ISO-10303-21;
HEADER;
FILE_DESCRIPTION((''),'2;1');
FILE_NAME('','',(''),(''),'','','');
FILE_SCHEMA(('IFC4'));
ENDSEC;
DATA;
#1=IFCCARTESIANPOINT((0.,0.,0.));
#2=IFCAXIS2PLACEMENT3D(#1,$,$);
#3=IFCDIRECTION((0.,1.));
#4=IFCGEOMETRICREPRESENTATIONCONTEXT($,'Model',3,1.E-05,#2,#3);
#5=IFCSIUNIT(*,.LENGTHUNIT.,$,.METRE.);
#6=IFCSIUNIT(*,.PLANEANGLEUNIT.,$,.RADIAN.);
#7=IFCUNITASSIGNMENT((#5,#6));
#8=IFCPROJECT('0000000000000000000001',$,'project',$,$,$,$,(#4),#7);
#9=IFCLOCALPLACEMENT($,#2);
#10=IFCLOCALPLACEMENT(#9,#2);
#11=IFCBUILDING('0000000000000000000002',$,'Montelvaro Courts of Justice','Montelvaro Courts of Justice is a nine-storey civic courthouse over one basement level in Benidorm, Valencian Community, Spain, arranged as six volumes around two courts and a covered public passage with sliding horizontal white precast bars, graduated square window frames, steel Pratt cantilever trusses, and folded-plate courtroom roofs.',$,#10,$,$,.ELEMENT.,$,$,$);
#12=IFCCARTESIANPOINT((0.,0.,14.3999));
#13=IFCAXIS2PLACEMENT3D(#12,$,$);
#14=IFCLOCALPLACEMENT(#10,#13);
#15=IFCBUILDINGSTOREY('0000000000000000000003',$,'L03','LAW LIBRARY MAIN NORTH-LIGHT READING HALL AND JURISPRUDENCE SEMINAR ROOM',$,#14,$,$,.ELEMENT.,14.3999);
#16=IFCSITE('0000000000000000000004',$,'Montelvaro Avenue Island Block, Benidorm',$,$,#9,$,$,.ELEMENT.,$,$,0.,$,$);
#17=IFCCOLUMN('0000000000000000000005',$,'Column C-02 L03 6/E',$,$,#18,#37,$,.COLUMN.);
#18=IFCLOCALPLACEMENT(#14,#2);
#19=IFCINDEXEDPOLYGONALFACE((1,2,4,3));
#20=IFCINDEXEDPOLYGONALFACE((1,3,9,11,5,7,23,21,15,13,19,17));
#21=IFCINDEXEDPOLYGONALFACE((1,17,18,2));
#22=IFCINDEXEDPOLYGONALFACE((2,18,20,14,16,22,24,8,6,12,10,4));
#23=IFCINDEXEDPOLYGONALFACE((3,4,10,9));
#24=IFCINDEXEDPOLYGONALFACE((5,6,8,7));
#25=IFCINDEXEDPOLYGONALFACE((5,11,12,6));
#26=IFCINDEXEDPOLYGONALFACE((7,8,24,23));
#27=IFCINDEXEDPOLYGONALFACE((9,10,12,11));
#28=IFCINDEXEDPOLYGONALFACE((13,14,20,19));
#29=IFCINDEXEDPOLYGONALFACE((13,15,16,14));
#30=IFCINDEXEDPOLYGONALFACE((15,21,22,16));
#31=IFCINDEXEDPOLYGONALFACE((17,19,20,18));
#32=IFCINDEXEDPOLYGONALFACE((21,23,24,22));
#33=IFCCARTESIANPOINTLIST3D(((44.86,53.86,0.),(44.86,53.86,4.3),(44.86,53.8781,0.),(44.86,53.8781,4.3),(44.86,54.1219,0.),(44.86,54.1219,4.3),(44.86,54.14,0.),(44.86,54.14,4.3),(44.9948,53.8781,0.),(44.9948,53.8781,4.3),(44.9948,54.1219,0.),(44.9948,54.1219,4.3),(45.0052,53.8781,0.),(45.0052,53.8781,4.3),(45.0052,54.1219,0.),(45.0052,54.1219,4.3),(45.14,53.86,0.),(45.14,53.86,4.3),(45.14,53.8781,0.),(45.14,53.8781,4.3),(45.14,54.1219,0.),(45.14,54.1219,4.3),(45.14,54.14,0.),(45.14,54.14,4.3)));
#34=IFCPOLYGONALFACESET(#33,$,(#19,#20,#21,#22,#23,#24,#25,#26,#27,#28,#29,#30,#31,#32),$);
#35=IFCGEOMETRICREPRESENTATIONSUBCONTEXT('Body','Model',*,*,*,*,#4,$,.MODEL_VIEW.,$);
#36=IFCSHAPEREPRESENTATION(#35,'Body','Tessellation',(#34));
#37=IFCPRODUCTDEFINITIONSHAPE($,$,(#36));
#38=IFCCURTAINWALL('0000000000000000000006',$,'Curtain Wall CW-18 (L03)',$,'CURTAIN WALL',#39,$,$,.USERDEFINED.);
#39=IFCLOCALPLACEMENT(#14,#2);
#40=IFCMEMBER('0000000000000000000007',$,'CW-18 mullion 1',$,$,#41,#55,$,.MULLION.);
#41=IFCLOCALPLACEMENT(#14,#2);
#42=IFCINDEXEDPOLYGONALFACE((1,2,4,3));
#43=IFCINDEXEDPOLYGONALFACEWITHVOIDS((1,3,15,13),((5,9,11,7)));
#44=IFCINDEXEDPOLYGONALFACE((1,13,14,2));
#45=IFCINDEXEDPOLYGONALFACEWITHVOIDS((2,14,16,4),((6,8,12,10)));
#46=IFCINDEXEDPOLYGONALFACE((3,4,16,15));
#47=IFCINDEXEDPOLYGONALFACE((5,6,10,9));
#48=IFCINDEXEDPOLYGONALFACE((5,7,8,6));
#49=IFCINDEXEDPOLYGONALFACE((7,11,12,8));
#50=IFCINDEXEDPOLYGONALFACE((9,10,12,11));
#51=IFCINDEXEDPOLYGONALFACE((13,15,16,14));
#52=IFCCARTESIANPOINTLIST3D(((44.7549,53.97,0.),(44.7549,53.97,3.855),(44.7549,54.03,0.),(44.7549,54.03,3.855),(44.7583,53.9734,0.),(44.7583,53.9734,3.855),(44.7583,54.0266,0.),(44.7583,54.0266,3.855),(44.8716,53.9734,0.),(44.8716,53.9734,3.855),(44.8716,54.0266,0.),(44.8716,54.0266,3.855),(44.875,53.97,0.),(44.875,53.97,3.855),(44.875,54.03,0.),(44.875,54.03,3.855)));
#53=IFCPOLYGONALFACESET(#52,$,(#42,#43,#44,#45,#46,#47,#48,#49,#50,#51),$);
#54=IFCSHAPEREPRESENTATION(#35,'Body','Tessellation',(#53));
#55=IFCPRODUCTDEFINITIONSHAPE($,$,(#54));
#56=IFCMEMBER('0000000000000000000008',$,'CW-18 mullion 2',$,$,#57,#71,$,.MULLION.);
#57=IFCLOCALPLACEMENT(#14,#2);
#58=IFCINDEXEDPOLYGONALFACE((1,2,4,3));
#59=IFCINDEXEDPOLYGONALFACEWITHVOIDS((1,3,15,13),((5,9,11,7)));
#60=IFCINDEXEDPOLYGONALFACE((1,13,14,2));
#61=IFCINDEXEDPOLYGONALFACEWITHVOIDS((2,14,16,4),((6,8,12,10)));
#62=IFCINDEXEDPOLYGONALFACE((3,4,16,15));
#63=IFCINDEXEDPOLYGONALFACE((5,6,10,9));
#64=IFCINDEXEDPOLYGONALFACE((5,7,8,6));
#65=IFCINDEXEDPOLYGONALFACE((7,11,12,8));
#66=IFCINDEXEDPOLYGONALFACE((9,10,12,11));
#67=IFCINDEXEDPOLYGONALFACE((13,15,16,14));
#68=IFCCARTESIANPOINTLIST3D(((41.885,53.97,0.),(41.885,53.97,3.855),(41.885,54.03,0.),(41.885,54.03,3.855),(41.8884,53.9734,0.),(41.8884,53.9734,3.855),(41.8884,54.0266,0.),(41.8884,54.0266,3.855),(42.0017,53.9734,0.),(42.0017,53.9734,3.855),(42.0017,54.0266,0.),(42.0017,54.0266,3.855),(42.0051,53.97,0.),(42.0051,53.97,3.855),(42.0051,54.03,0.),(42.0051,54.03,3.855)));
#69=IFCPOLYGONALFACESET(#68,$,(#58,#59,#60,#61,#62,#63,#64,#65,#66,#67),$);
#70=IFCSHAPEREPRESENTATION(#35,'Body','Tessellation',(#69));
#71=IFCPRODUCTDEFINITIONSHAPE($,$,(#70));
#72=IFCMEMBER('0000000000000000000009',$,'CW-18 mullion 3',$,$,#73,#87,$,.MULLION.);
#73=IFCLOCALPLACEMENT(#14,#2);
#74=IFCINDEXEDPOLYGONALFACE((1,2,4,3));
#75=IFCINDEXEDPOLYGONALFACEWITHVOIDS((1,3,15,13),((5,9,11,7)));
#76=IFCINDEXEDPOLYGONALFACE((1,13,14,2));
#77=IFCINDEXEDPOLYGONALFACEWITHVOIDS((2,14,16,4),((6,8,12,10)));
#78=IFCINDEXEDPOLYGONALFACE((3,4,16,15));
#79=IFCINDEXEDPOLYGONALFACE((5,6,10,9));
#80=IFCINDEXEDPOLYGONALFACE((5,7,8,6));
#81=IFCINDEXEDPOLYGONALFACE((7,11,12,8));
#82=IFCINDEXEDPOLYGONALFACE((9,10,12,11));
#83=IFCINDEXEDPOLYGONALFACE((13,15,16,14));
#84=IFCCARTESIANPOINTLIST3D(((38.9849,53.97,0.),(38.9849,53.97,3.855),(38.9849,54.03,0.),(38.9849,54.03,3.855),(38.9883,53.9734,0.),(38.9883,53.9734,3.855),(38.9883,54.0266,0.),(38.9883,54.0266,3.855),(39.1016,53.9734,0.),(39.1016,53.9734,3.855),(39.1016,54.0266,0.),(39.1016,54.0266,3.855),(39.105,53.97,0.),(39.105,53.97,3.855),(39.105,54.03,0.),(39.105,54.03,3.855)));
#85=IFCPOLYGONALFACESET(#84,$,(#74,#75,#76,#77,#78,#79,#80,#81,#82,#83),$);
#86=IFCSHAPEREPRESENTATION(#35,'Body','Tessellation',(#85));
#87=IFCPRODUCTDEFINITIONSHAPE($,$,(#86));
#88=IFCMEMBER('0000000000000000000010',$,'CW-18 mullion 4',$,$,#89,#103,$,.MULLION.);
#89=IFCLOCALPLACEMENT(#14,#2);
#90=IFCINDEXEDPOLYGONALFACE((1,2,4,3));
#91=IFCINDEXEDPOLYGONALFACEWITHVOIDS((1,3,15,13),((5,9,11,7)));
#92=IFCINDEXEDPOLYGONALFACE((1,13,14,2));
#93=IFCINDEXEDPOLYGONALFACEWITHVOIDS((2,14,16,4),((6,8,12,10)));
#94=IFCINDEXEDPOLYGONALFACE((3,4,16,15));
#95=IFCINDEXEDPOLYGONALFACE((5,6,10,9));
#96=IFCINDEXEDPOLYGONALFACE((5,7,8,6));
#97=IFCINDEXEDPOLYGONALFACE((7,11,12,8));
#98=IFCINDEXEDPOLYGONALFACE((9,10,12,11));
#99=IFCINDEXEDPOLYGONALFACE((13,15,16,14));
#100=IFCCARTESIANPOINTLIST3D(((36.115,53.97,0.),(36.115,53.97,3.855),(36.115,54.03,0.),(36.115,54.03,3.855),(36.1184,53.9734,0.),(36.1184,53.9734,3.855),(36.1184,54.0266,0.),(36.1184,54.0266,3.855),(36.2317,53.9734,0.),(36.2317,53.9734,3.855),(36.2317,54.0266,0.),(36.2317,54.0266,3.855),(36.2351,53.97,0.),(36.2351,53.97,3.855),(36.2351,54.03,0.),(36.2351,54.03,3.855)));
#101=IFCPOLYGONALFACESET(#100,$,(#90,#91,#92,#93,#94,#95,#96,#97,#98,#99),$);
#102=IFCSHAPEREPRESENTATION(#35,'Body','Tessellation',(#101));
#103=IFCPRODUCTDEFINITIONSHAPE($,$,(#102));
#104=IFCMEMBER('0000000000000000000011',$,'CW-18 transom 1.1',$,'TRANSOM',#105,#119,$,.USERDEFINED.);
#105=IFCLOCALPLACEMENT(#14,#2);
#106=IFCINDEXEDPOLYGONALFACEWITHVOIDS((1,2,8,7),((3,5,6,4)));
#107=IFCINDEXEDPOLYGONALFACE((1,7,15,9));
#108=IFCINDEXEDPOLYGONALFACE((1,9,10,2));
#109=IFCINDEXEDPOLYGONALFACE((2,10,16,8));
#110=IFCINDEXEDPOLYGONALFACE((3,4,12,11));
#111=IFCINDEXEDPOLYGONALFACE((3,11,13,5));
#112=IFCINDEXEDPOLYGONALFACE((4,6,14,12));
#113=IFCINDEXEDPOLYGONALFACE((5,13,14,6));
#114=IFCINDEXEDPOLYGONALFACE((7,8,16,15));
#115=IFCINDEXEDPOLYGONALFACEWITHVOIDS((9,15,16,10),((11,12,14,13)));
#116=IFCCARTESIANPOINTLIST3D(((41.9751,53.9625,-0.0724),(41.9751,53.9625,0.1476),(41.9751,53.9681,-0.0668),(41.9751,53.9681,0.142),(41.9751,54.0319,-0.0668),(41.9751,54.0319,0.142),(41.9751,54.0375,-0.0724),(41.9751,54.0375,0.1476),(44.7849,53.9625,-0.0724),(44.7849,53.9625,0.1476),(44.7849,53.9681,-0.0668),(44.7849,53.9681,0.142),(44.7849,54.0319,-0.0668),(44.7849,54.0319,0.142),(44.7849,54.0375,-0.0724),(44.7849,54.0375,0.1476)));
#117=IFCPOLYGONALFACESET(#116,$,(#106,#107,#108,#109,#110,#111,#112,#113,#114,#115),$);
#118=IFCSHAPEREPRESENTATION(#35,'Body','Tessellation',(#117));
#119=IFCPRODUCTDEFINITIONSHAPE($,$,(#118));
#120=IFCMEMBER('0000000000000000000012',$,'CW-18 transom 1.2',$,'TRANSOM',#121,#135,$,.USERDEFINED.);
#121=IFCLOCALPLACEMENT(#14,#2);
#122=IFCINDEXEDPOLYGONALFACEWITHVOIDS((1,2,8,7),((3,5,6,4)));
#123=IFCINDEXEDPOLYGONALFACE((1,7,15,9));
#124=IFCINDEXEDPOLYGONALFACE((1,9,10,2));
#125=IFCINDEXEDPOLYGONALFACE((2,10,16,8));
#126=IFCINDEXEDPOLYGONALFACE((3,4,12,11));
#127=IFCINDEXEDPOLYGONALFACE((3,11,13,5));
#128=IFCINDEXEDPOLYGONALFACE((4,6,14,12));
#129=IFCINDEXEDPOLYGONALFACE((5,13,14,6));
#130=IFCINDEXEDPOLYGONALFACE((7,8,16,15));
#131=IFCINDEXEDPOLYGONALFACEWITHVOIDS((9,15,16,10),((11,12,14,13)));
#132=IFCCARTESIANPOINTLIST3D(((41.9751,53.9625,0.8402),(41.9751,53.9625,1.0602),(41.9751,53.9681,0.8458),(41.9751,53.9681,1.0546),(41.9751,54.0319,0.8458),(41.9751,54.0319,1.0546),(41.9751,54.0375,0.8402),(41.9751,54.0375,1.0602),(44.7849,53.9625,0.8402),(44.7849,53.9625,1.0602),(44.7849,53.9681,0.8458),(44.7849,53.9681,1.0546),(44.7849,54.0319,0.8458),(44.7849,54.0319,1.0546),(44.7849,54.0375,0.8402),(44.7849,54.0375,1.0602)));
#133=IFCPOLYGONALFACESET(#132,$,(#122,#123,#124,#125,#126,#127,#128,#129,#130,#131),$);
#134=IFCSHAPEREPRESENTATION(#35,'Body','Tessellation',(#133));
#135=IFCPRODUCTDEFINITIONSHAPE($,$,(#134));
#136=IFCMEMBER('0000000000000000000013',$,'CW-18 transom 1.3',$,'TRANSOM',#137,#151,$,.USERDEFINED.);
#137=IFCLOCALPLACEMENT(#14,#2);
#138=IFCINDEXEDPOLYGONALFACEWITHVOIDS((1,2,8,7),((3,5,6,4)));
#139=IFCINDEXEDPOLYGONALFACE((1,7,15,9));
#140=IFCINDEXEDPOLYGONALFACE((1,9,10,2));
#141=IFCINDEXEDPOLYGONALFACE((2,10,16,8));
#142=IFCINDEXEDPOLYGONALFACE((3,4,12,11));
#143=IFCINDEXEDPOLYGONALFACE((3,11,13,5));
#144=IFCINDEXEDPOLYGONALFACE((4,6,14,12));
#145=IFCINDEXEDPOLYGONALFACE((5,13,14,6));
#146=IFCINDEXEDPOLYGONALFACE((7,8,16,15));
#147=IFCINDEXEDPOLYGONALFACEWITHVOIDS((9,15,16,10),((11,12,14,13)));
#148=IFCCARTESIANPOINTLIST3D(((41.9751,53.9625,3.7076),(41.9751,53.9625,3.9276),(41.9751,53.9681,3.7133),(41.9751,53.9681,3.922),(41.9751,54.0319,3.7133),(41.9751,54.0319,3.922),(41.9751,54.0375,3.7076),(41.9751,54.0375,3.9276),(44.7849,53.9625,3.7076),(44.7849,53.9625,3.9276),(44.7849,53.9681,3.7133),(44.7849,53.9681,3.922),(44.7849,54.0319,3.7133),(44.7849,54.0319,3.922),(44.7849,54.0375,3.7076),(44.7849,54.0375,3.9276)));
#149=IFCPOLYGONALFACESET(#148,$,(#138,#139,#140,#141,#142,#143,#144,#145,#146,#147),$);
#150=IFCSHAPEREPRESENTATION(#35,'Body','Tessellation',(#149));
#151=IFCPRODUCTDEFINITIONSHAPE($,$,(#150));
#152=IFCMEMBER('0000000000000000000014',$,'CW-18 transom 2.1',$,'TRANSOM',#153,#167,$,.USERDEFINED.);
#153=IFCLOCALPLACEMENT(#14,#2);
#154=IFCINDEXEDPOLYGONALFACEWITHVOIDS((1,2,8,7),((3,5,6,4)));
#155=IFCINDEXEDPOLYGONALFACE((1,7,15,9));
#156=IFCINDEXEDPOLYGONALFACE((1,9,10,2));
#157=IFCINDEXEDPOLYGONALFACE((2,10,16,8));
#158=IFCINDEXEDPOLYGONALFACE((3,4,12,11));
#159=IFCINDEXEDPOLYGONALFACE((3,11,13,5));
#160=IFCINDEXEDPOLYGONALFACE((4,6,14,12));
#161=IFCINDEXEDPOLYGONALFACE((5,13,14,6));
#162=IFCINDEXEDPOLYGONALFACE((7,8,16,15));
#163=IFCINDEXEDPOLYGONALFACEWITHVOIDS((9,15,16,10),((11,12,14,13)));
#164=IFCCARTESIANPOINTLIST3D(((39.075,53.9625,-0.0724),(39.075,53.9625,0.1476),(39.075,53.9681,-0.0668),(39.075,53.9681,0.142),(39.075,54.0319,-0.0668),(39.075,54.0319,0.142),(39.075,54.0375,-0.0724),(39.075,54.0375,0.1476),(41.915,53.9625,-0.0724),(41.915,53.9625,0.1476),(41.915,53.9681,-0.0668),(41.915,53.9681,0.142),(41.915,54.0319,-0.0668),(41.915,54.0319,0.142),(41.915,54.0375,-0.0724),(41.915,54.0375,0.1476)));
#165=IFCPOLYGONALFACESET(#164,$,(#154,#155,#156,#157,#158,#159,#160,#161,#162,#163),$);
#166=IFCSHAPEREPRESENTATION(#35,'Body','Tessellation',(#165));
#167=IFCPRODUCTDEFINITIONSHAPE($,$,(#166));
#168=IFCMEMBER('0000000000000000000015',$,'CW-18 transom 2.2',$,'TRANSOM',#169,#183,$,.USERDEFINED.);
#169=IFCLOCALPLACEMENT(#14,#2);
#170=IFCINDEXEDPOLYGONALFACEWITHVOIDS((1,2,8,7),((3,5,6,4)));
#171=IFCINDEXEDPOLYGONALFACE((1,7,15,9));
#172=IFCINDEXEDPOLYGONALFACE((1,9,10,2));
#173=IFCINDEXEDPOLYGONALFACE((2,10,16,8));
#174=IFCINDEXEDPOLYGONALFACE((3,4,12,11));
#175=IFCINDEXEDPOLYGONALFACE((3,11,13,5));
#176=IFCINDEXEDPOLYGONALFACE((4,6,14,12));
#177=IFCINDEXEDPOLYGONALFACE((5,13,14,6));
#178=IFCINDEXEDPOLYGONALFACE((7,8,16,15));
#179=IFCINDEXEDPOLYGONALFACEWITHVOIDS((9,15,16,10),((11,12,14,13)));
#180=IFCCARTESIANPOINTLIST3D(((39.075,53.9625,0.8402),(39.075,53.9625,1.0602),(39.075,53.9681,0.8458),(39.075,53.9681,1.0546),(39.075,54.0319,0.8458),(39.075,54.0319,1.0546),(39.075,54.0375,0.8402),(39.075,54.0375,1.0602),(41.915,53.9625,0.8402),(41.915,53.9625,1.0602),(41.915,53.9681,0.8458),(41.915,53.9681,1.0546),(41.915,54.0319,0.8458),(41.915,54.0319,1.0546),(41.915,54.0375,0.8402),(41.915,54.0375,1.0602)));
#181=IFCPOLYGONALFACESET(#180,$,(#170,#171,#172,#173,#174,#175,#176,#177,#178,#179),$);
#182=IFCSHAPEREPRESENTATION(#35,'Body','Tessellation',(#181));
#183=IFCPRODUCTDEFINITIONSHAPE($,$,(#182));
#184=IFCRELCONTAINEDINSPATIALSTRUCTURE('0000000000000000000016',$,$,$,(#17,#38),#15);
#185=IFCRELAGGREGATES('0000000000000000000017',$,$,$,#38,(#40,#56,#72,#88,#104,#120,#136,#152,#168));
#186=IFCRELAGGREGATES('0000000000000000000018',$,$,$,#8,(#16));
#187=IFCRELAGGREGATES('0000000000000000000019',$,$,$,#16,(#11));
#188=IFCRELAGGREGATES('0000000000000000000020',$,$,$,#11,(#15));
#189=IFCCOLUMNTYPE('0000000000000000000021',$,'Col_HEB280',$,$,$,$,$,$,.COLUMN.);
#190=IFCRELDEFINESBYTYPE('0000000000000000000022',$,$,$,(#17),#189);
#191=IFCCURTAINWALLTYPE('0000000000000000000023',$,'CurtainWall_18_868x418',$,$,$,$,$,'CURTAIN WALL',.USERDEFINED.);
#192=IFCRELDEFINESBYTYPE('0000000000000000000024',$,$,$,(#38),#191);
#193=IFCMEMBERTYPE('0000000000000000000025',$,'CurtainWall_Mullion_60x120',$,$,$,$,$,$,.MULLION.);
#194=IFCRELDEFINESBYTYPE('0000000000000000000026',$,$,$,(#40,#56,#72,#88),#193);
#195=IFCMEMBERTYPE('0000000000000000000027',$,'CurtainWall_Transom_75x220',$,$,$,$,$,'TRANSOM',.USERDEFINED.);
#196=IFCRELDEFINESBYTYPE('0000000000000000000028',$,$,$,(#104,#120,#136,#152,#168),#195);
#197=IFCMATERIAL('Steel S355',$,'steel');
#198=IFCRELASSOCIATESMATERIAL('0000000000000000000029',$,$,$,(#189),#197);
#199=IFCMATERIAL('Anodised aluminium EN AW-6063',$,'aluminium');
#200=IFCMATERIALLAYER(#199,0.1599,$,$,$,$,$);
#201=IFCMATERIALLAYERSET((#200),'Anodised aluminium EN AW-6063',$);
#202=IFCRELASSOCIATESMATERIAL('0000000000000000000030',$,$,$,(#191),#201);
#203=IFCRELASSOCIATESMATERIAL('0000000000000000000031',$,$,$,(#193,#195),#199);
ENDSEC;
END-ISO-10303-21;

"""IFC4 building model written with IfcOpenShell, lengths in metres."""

from ifc_helpers import new_model, si_unit, direction, frame, origin, origin_2d, place, context, subcontext, project, spatial, hollow_rectangle, i_section, extrude, material, layer, layer_set, material_profile, profile_set, type_object, element, aggregate, save


model = new_model("IFC4")

# Units and contexts
model_context = context("Model", 3, precision=1e-05, world=origin(), true_north=direction((0.0, 1.0)))
body_context = subcontext(model_context, "Body", "Model", "MODEL_VIEW")
ifc_project = project(units=[si_unit("LENGTHUNIT", "METRE"), si_unit("PLANEANGLEUNIT", "RADIAN")], contexts=[model_context])

# Site, building, storey
site_placement = place(None, origin())
site = spatial("IfcSite", under=ifc_project, at=site_placement, Name="Montelvaro Avenue Island Block, Benidorm", CompositionType="ELEMENT", RefElevation=0.0)
building_placement = place(site_placement, origin())
building = spatial("IfcBuilding", under=site, at=building_placement, Name="Montelvaro Courts of Justice", Description="Montelvaro Courts of Justice is a nine-storey civic courthouse over one basement level in Benidorm, Valencian Community, Spain, arranged as six volumes around two courts and a covered public passage with sliding horizontal white precast bars, graduated square window frames, steel Pratt cantilever trusses, and folded-plate courtroom roofs.", CompositionType="ELEMENT")
storey_placement = place(building_placement, frame((0.0, 0.0, 14.3999)))
storey = spatial("IfcBuildingStorey", under=building, at=storey_placement, Name="L03", Description="LAW LIBRARY MAIN NORTH-LIGHT READING HALL AND JURISPRUDENCE SEMINAR ROOM", CompositionType="ELEMENT", Elevation=14.3999)

# Column
ifc_material_1 = material(Name="Steel S355", Category="steel")
ifc_material_profile_1 = material_profile(ifc_material_1, i_section(OverallWidth=0.28, OverallDepth=0.28, WebThickness=0.0105, FlangeThickness=0.0181, at=origin_2d()), Name="HEB 280")
ifc_profile_set_1 = profile_set([ifc_material_profile_1], Name="Steel S355")
column_type = type_object("IfcColumnType", Name="Col_HEB280", PredefinedType="COLUMN", material=ifc_profile_set_1)
column_placement = place(storey_placement, frame((45.0, 54.0, 0.0), z_axis=(0.0, 0.0, 1.0), x_axis=(1.0, 0.0, 0.0)))
element("IfcColumn", 1, at=column_placement, inside=storey, type_object=column_type, Name="Column C-02 L03 6/E", PredefinedType="COLUMN", context=body_context, shape_type="SweptSolid", body=[
    extrude(i_section(OverallWidth=0.28, OverallDepth=0.28, WebThickness=0.0105, FlangeThickness=0.0181, at=origin_2d()), origin(), (0.0, 0.0, 1.0), 4.3),
])

# Curtain wall, members
ifc_material_2 = material(Name="Anodised aluminium EN AW-6063", Category="aluminium")
ifc_layer_1 = layer(ifc_material_2, 0.1599)
ifc_layer_set_1 = layer_set([ifc_layer_1], Name="Anodised aluminium EN AW-6063")
curtain_wall_type = type_object("IfcCurtainWallType", Name="CurtainWall_18_868x418", ElementType="CURTAIN WALL", PredefinedType="USERDEFINED", material=ifc_layer_set_1)
curtain_wall_placement = place(storey_placement, origin())
curtain_wall = element("IfcCurtainWall", 2, at=curtain_wall_placement, inside=storey, type_object=curtain_wall_type, Name="Curtain Wall CW-18 (L03)", ObjectType="CURTAIN WALL", PredefinedType="USERDEFINED")
ifc_material_profile_2 = material_profile(ifc_material_2, hollow_rectangle(XDim=0.0601, YDim=0.1201, WallThickness=0.0034, at=origin_2d()), Name="ALU-M 60x120")
ifc_profile_set_2 = profile_set([ifc_material_profile_2], Name="Anodised aluminium EN AW-6063")
member_type_1 = type_object("IfcMemberType", Name="CurtainWall_Mullion_60x120", PredefinedType="MULLION", material=ifc_profile_set_2)
member_1_placement = place(storey_placement, frame((44.8149, 54.0, 0.0), z_axis=(0.0, 0.0, 1.0), x_axis=(0.0, -1.0, 0.0)))
member_1 = element("IfcMember", 3, at=member_1_placement, type_object=member_type_1, Name="CW-18 mullion 1", PredefinedType="MULLION", context=body_context, shape_type="SweptSolid", body=[
    extrude(hollow_rectangle(XDim=0.0601, YDim=0.1201, WallThickness=0.0034, at=origin_2d()), origin(), (0.0, 0.0, 1.0), 3.855),
])
member_2_placement = place(storey_placement, frame((41.9451, 54.0, 0.0), z_axis=(0.0, 0.0, 1.0), x_axis=(0.0, -1.0, 0.0)))
member_2 = element("IfcMember", 4, at=member_2_placement, type_object=member_type_1, Name="CW-18 mullion 2", PredefinedType="MULLION", context=body_context, shape_type="SweptSolid", body=[
    extrude(hollow_rectangle(XDim=0.0601, YDim=0.1201, WallThickness=0.0034, at=origin_2d()), origin(), (0.0, 0.0, 1.0), 3.855),
])
member_3_placement = place(storey_placement, frame((39.0449, 54.0, 0.0), z_axis=(0.0, 0.0, 1.0), x_axis=(0.0, -1.0, 0.0)))
member_3 = element("IfcMember", 5, at=member_3_placement, type_object=member_type_1, Name="CW-18 mullion 3", PredefinedType="MULLION", context=body_context, shape_type="SweptSolid", body=[
    extrude(hollow_rectangle(XDim=0.0601, YDim=0.1201, WallThickness=0.0034, at=origin_2d()), origin(), (0.0, 0.0, 1.0), 3.855),
])
member_4_placement = place(storey_placement, frame((36.175, 54.0, 0.0), z_axis=(0.0, 0.0, 1.0), x_axis=(0.0, -1.0, 0.0)))
member_4 = element("IfcMember", 6, at=member_4_placement, type_object=member_type_1, Name="CW-18 mullion 4", PredefinedType="MULLION", context=body_context, shape_type="SweptSolid", body=[
    extrude(hollow_rectangle(XDim=0.0601, YDim=0.1201, WallThickness=0.0034, at=origin_2d()), origin(), (0.0, 0.0, 1.0), 3.855),
])
ifc_material_profile_3 = material_profile(ifc_material_2, hollow_rectangle(XDim=0.075, YDim=0.22, WallThickness=0.0056, at=origin_2d()), Name="ALU-T 75x220")
ifc_profile_set_3 = profile_set([ifc_material_profile_3], Name="Anodised aluminium EN AW-6063")
member_type_2 = type_object("IfcMemberType", Name="CurtainWall_Transom_75x220", ElementType="TRANSOM", PredefinedType="USERDEFINED", material=ifc_profile_set_3)
member_5_placement = place(storey_placement, frame((44.7849, 54.0, 0.0376), z_axis=(-1.0, 0.0, 0.0), x_axis=(0.0, -1.0, 0.0)))
member_5 = element("IfcMember", 7, at=member_5_placement, type_object=member_type_2, Name="CW-18 transom 1.1", ObjectType="TRANSOM", PredefinedType="USERDEFINED", context=body_context, shape_type="SweptSolid", body=[
    extrude(hollow_rectangle(XDim=0.075, YDim=0.22, WallThickness=0.0056, at=origin_2d()), origin(), (0.0, 0.0, 1.0), 2.8098),
])
member_6_placement = place(storey_placement, frame((44.7849, 54.0, 0.9502), z_axis=(-1.0, 0.0, 0.0), x_axis=(0.0, -1.0, 0.0)))
member_6 = element("IfcMember", 8, at=member_6_placement, type_object=member_type_2, Name="CW-18 transom 1.2", ObjectType="TRANSOM", PredefinedType="USERDEFINED", context=body_context, shape_type="SweptSolid", body=[
    extrude(hollow_rectangle(XDim=0.075, YDim=0.22, WallThickness=0.0056, at=origin_2d()), origin(), (0.0, 0.0, 1.0), 2.8098),
])
member_7_placement = place(storey_placement, frame((44.7849, 54.0, 3.8176), z_axis=(-1.0, 0.0, 0.0), x_axis=(0.0, -1.0, 0.0)))
member_7 = element("IfcMember", 9, at=member_7_placement, type_object=member_type_2, Name="CW-18 transom 1.3", ObjectType="TRANSOM", PredefinedType="USERDEFINED", context=body_context, shape_type="SweptSolid", body=[
    extrude(hollow_rectangle(XDim=0.075, YDim=0.22, WallThickness=0.0056, at=origin_2d()), origin(), (0.0, 0.0, 1.0), 2.8098),
])
member_8_placement = place(storey_placement, frame((41.915, 54.0, 0.0376), z_axis=(-1.0, 0.0, 0.0), x_axis=(0.0, -1.0, 0.0)))
member_8 = element("IfcMember", 10, at=member_8_placement, type_object=member_type_2, Name="CW-18 transom 2.1", ObjectType="TRANSOM", PredefinedType="USERDEFINED", context=body_context, shape_type="SweptSolid", body=[
    extrude(hollow_rectangle(XDim=0.075, YDim=0.22, WallThickness=0.0056, at=origin_2d()), origin(), (0.0, 0.0, 1.0), 2.8401),
])
member_9_placement = place(storey_placement, frame((41.915, 54.0, 0.9502), z_axis=(-1.0, 0.0, 0.0), x_axis=(0.0, -1.0, 0.0)))
member_9 = element("IfcMember", 11, at=member_9_placement, type_object=member_type_2, Name="CW-18 transom 2.2", ObjectType="TRANSOM", PredefinedType="USERDEFINED", context=body_context, shape_type="SweptSolid", body=[
    extrude(hollow_rectangle(XDim=0.075, YDim=0.22, WallThickness=0.0056, at=origin_2d()), origin(), (0.0, 0.0, 1.0), 2.8401),
])

aggregate(curtain_wall, [member_1, member_2, member_3, member_4, member_5, member_6, member_7, member_8, member_9])

save(model, "model.ifc")
